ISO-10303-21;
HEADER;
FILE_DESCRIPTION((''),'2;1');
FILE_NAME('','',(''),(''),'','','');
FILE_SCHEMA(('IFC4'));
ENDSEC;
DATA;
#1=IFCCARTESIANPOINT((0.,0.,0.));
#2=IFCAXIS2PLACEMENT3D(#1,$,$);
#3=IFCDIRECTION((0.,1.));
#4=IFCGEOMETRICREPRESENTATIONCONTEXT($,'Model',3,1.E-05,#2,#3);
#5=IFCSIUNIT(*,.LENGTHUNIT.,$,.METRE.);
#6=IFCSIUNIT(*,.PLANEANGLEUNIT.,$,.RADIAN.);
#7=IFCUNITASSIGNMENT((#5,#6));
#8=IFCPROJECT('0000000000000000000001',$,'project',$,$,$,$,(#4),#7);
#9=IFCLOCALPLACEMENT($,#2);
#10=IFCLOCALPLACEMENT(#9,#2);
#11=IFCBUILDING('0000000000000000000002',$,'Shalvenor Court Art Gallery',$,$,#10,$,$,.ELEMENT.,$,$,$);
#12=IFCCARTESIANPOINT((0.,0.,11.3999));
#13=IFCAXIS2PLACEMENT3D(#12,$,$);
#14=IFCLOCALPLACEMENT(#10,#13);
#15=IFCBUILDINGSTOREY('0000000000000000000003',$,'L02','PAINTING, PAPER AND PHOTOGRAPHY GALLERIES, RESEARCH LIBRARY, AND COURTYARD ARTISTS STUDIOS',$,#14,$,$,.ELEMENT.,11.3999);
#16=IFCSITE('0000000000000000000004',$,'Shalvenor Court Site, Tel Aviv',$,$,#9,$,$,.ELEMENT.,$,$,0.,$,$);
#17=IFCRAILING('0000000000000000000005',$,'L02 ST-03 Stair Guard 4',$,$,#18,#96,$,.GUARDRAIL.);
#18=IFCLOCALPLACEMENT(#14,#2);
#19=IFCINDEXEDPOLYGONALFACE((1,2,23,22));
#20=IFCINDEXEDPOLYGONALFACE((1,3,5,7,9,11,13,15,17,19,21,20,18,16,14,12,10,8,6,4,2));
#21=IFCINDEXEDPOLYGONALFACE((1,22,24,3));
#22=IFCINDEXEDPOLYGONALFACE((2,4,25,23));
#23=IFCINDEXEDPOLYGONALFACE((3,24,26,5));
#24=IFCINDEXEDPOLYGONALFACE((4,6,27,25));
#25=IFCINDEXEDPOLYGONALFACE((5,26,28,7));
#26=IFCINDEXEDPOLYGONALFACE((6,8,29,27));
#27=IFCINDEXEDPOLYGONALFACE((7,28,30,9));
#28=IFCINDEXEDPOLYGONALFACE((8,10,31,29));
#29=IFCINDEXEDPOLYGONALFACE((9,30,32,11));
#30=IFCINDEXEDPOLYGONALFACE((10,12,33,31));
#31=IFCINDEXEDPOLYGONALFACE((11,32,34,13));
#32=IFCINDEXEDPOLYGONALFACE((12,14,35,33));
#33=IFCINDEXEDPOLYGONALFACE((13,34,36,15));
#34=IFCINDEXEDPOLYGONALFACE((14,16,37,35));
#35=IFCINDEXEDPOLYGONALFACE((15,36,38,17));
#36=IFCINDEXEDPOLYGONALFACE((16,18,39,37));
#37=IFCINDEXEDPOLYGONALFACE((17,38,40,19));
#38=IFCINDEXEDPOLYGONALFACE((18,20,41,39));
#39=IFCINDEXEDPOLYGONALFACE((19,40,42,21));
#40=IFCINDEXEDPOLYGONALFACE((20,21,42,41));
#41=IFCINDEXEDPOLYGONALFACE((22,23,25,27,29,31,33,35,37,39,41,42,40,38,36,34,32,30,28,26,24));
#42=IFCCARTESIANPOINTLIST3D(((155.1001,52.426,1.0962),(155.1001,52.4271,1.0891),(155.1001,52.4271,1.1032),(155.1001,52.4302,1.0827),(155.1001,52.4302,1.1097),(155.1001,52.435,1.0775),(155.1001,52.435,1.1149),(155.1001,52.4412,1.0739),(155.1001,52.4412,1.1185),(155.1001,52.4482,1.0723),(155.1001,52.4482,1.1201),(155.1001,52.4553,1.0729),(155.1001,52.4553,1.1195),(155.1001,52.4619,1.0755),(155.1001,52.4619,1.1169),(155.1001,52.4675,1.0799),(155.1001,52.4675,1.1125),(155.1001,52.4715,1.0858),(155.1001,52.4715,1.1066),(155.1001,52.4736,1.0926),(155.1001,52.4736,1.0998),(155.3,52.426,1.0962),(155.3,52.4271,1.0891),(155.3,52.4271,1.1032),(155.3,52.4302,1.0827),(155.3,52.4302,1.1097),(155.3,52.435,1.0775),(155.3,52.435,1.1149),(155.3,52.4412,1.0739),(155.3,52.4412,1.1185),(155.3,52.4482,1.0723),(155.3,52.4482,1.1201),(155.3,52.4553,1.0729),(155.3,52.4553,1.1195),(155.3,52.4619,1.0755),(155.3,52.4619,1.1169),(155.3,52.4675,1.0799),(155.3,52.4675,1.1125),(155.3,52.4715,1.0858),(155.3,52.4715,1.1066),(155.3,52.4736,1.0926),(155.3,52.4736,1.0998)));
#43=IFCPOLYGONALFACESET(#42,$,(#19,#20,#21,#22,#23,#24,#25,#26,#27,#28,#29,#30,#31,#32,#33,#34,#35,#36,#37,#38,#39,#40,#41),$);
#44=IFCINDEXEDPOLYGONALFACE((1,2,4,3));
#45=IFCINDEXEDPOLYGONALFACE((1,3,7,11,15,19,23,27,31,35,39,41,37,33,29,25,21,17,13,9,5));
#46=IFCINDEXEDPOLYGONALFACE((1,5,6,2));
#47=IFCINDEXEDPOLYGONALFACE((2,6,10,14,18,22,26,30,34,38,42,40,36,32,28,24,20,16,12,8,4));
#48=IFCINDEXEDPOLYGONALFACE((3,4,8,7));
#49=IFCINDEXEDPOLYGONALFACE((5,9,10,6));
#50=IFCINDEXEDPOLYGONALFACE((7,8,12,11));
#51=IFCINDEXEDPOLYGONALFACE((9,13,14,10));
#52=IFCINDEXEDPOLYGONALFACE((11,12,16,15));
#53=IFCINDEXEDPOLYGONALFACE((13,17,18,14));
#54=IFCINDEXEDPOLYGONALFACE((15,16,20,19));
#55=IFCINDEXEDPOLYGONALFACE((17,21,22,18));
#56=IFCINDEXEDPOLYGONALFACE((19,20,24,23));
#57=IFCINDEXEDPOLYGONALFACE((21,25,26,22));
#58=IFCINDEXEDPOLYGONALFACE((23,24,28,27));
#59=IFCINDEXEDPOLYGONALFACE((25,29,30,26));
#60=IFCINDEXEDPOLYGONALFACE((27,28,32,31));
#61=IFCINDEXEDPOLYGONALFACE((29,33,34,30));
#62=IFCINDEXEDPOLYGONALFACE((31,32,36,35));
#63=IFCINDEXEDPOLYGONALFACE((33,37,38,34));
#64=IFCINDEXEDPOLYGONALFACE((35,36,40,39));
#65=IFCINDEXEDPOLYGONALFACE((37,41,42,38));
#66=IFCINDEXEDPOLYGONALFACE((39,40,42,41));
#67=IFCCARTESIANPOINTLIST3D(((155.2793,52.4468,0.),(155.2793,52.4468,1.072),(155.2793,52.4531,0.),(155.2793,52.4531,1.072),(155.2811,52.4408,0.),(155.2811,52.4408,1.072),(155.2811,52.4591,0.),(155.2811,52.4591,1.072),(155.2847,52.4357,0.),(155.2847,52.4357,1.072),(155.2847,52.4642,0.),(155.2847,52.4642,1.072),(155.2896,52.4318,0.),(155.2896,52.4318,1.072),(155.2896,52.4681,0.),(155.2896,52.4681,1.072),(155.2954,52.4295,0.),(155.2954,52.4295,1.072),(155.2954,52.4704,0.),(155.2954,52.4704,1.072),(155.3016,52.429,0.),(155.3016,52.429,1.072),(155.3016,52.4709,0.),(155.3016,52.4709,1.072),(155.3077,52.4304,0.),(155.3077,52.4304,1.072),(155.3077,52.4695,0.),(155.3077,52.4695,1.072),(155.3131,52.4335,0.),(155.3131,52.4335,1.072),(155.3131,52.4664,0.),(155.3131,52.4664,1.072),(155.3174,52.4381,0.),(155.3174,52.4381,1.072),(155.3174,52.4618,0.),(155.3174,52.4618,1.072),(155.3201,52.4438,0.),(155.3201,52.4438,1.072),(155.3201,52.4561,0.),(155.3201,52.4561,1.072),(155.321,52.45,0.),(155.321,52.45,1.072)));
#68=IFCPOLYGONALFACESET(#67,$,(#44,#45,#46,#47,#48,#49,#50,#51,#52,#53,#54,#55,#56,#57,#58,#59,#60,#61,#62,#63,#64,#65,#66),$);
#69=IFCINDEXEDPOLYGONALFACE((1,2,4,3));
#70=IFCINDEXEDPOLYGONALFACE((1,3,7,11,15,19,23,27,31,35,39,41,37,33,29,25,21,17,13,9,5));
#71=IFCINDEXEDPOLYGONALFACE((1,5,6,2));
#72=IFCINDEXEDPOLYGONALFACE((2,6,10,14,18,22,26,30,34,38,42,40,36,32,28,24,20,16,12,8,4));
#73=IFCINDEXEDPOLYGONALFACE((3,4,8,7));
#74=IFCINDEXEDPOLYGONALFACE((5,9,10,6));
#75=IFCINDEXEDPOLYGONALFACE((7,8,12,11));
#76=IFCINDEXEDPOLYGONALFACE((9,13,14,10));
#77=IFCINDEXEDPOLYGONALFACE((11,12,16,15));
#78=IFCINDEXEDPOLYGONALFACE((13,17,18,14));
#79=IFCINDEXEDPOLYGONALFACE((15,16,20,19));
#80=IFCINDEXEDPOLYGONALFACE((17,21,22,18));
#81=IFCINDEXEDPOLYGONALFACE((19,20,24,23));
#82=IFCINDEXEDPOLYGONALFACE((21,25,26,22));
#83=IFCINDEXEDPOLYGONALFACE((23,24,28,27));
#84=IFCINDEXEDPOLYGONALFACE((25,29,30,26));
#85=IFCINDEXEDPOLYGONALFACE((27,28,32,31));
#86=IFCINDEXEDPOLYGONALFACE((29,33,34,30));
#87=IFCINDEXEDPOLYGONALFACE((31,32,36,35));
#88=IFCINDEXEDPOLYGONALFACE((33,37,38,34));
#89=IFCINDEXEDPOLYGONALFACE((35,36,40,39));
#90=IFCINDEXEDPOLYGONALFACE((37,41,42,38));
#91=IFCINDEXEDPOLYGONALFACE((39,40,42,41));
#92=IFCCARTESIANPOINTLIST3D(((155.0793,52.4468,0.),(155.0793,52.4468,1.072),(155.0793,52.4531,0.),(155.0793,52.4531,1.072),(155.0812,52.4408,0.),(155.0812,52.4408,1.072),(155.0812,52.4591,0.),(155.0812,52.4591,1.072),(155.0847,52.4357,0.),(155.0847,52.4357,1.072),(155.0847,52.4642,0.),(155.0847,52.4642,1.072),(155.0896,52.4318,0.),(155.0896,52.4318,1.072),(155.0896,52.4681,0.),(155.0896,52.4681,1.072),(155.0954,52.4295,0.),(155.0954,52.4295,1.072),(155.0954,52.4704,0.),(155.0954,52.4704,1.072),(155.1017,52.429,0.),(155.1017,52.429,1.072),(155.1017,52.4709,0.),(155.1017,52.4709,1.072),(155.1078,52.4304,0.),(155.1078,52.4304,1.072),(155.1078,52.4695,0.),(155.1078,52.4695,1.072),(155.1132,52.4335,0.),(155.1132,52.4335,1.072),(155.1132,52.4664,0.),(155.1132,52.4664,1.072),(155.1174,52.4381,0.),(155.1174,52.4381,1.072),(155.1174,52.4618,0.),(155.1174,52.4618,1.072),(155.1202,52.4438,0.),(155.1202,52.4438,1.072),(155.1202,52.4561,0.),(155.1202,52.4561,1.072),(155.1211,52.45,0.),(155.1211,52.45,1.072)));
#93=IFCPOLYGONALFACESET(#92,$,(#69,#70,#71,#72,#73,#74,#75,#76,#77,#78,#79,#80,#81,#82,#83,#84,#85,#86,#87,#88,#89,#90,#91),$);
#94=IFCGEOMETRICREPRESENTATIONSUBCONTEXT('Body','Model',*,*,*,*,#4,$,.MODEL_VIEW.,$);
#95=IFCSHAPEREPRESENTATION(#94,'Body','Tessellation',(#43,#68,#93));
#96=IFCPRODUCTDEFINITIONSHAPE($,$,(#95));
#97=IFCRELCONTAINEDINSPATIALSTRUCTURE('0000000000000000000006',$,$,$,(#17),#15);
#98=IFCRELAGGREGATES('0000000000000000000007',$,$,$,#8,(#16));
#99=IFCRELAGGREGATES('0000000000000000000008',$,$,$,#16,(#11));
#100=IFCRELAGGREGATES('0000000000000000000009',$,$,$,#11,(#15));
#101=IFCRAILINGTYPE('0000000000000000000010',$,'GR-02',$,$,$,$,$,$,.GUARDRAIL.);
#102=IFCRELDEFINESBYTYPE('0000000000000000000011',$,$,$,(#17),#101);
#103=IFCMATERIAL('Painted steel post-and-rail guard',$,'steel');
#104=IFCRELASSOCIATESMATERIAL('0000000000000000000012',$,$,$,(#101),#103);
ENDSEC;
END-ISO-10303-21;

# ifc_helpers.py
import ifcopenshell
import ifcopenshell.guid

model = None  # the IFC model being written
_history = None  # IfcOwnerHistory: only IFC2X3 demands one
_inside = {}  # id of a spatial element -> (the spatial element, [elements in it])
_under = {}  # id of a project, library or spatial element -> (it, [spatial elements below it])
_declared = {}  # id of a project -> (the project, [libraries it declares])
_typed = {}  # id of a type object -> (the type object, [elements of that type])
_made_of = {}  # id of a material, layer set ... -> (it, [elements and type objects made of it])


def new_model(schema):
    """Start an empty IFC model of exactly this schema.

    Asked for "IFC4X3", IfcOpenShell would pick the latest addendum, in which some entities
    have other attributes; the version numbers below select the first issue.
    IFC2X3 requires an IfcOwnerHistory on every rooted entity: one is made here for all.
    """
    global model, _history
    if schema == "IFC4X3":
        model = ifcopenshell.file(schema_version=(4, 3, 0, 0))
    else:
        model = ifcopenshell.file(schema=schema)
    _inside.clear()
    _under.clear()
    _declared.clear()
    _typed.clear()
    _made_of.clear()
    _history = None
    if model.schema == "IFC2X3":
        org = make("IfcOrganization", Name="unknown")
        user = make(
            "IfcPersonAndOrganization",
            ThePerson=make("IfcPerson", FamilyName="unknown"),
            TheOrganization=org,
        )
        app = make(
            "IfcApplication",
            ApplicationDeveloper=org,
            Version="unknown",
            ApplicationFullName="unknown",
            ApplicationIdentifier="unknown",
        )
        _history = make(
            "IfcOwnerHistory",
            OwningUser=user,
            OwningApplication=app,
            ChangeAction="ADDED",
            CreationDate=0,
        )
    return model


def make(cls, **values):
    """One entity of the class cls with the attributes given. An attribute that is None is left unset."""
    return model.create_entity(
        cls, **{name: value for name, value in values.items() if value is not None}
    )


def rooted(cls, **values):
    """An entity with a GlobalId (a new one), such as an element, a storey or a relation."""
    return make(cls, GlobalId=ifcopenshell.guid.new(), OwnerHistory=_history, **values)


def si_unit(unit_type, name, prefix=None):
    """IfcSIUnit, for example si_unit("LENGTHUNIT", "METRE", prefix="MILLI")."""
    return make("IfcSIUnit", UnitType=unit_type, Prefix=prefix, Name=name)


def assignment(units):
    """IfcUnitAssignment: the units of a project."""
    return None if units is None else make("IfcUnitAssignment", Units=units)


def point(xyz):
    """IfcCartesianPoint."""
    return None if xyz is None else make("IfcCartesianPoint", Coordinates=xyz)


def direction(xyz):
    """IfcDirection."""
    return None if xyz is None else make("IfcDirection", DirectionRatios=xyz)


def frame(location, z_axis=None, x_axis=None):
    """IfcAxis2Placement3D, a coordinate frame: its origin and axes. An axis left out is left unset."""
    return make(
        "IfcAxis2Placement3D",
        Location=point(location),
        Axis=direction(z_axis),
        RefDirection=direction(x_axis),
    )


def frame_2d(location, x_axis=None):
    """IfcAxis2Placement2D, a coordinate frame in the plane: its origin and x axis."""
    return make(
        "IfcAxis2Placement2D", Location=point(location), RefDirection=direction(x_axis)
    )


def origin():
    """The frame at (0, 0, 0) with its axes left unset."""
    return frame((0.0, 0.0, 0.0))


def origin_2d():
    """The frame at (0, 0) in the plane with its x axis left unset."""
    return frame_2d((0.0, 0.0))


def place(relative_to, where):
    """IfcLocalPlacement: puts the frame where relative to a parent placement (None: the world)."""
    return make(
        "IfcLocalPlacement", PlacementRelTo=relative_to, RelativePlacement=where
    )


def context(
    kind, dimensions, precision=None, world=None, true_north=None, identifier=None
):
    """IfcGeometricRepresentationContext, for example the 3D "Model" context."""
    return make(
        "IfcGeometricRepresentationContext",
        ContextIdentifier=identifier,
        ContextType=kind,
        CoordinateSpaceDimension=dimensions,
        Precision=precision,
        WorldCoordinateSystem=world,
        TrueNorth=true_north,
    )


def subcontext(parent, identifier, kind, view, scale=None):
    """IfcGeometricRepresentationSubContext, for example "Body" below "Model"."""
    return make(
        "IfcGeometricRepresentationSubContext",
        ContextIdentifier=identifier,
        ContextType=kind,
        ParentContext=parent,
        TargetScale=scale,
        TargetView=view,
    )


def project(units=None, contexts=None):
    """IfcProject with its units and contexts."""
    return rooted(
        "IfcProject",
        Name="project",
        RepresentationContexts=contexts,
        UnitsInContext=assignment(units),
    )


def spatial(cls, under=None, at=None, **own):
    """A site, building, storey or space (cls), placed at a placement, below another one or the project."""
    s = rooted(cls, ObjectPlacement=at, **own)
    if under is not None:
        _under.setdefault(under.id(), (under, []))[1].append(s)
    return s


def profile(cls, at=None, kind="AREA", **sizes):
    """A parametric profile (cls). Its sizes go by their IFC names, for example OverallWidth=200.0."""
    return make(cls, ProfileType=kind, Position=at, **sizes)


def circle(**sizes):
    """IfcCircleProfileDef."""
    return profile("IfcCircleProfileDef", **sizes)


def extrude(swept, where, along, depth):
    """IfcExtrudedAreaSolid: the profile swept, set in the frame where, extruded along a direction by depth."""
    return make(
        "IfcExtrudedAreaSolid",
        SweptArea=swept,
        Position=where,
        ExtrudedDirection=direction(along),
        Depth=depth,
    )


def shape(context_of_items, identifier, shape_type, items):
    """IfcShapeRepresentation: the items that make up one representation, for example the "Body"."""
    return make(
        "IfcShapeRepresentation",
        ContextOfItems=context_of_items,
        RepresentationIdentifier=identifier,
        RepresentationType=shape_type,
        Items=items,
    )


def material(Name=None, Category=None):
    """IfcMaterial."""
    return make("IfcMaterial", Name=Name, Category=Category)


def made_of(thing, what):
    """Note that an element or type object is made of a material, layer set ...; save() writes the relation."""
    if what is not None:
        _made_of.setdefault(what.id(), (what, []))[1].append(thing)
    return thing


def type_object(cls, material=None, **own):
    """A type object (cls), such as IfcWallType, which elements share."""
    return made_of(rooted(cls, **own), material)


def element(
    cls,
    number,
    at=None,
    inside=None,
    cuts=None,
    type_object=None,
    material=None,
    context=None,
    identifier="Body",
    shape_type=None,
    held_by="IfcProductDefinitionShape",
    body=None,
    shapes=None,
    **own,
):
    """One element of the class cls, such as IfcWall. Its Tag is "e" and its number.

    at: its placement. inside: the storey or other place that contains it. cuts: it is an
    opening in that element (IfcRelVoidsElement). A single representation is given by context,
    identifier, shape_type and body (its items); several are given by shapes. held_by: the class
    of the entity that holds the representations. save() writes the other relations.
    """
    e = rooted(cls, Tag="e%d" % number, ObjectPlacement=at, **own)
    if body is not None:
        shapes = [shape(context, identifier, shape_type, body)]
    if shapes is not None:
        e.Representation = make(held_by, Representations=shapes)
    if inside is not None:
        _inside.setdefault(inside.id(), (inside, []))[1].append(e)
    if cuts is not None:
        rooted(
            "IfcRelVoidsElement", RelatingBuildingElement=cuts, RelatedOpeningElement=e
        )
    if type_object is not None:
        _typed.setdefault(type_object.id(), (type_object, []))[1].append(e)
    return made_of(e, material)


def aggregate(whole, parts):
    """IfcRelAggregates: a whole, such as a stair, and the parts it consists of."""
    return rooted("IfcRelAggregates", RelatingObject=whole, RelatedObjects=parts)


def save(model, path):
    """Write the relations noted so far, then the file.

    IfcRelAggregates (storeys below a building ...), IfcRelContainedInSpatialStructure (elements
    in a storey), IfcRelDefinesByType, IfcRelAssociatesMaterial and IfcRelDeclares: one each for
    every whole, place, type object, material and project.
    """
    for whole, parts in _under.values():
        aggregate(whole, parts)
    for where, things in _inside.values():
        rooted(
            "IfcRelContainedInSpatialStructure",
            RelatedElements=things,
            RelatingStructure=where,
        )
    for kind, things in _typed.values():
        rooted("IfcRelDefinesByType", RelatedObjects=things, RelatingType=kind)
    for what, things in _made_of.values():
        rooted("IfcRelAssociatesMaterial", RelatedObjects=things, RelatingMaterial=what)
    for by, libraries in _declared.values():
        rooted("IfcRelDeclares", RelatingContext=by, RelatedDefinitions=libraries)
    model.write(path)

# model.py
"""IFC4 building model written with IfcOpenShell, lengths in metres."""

from ifc_helpers import new_model, si_unit, direction, frame, origin, origin_2d, place, context, subcontext, project, spatial, circle, extrude, material, type_object, element, save


model = new_model("IFC4")

# Units and contexts
model_context = context("Model", 3, precision=1e-05, world=origin(), true_north=direction((0.0, 1.0)))
body_context = subcontext(model_context, "Body", "Model", "MODEL_VIEW")
ifc_project = project(units=[si_unit("LENGTHUNIT", "METRE"), si_unit("PLANEANGLEUNIT", "RADIAN")], contexts=[model_context])

# Site, building, storey
site_placement = place(None, origin())
site = spatial("IfcSite", under=ifc_project, at=site_placement, Name="Shalvenor Court Site, Tel Aviv", CompositionType="ELEMENT", RefElevation=0.0)
building_placement = place(site_placement, origin())
building = spatial("IfcBuilding", under=site, at=building_placement, Name="Shalvenor Court Art Gallery", CompositionType="ELEMENT")
storey_placement = place(building_placement, frame((0.0, 0.0, 11.3999)))
storey = spatial("IfcBuildingStorey", under=building, at=storey_placement, Name="L02", Description="PAINTING, PAPER AND PHOTOGRAPHY GALLERIES, RESEARCH LIBRARY, AND COURTYARD ARTISTS STUDIOS", CompositionType="ELEMENT", Elevation=11.3999)

# Railing
ifc_material_1 = material(Name="Painted steel post-and-rail guard", Category="steel")
railing_type_1 = type_object("IfcRailingType", Name="GR-02", PredefinedType="GUARDRAIL", material=ifc_material_1)
railing_1_placement = place(storey_placement, frame((155.3, 52.45, 0.0)))
element("IfcRailing", 1, at=railing_1_placement, inside=storey, type_object=railing_type_1, Name="L02 ST-03 Stair Guard 4", PredefinedType="GUARDRAIL", context=body_context, shape_type="SweptSolid", body=[
    extrude(circle(Radius=0.0239, at=origin_2d()), frame((0.0, 0.0, 1.0962), z_axis=(-1.0, 0.0, 0.0), x_axis=(0.0, -1.0, 0.0)), (0.0, 0.0, 1.0), 0.2),
    extrude(circle(Radius=0.021, at=origin_2d()), origin(), (0.0, 0.0, 1.0), 1.072),
    extrude(circle(Radius=0.021, at=origin_2d()), frame((-0.2, 0.0, 0.0)), (0.0, 0.0, 1.0), 1.072),
])

save(model, "model.ifc")
